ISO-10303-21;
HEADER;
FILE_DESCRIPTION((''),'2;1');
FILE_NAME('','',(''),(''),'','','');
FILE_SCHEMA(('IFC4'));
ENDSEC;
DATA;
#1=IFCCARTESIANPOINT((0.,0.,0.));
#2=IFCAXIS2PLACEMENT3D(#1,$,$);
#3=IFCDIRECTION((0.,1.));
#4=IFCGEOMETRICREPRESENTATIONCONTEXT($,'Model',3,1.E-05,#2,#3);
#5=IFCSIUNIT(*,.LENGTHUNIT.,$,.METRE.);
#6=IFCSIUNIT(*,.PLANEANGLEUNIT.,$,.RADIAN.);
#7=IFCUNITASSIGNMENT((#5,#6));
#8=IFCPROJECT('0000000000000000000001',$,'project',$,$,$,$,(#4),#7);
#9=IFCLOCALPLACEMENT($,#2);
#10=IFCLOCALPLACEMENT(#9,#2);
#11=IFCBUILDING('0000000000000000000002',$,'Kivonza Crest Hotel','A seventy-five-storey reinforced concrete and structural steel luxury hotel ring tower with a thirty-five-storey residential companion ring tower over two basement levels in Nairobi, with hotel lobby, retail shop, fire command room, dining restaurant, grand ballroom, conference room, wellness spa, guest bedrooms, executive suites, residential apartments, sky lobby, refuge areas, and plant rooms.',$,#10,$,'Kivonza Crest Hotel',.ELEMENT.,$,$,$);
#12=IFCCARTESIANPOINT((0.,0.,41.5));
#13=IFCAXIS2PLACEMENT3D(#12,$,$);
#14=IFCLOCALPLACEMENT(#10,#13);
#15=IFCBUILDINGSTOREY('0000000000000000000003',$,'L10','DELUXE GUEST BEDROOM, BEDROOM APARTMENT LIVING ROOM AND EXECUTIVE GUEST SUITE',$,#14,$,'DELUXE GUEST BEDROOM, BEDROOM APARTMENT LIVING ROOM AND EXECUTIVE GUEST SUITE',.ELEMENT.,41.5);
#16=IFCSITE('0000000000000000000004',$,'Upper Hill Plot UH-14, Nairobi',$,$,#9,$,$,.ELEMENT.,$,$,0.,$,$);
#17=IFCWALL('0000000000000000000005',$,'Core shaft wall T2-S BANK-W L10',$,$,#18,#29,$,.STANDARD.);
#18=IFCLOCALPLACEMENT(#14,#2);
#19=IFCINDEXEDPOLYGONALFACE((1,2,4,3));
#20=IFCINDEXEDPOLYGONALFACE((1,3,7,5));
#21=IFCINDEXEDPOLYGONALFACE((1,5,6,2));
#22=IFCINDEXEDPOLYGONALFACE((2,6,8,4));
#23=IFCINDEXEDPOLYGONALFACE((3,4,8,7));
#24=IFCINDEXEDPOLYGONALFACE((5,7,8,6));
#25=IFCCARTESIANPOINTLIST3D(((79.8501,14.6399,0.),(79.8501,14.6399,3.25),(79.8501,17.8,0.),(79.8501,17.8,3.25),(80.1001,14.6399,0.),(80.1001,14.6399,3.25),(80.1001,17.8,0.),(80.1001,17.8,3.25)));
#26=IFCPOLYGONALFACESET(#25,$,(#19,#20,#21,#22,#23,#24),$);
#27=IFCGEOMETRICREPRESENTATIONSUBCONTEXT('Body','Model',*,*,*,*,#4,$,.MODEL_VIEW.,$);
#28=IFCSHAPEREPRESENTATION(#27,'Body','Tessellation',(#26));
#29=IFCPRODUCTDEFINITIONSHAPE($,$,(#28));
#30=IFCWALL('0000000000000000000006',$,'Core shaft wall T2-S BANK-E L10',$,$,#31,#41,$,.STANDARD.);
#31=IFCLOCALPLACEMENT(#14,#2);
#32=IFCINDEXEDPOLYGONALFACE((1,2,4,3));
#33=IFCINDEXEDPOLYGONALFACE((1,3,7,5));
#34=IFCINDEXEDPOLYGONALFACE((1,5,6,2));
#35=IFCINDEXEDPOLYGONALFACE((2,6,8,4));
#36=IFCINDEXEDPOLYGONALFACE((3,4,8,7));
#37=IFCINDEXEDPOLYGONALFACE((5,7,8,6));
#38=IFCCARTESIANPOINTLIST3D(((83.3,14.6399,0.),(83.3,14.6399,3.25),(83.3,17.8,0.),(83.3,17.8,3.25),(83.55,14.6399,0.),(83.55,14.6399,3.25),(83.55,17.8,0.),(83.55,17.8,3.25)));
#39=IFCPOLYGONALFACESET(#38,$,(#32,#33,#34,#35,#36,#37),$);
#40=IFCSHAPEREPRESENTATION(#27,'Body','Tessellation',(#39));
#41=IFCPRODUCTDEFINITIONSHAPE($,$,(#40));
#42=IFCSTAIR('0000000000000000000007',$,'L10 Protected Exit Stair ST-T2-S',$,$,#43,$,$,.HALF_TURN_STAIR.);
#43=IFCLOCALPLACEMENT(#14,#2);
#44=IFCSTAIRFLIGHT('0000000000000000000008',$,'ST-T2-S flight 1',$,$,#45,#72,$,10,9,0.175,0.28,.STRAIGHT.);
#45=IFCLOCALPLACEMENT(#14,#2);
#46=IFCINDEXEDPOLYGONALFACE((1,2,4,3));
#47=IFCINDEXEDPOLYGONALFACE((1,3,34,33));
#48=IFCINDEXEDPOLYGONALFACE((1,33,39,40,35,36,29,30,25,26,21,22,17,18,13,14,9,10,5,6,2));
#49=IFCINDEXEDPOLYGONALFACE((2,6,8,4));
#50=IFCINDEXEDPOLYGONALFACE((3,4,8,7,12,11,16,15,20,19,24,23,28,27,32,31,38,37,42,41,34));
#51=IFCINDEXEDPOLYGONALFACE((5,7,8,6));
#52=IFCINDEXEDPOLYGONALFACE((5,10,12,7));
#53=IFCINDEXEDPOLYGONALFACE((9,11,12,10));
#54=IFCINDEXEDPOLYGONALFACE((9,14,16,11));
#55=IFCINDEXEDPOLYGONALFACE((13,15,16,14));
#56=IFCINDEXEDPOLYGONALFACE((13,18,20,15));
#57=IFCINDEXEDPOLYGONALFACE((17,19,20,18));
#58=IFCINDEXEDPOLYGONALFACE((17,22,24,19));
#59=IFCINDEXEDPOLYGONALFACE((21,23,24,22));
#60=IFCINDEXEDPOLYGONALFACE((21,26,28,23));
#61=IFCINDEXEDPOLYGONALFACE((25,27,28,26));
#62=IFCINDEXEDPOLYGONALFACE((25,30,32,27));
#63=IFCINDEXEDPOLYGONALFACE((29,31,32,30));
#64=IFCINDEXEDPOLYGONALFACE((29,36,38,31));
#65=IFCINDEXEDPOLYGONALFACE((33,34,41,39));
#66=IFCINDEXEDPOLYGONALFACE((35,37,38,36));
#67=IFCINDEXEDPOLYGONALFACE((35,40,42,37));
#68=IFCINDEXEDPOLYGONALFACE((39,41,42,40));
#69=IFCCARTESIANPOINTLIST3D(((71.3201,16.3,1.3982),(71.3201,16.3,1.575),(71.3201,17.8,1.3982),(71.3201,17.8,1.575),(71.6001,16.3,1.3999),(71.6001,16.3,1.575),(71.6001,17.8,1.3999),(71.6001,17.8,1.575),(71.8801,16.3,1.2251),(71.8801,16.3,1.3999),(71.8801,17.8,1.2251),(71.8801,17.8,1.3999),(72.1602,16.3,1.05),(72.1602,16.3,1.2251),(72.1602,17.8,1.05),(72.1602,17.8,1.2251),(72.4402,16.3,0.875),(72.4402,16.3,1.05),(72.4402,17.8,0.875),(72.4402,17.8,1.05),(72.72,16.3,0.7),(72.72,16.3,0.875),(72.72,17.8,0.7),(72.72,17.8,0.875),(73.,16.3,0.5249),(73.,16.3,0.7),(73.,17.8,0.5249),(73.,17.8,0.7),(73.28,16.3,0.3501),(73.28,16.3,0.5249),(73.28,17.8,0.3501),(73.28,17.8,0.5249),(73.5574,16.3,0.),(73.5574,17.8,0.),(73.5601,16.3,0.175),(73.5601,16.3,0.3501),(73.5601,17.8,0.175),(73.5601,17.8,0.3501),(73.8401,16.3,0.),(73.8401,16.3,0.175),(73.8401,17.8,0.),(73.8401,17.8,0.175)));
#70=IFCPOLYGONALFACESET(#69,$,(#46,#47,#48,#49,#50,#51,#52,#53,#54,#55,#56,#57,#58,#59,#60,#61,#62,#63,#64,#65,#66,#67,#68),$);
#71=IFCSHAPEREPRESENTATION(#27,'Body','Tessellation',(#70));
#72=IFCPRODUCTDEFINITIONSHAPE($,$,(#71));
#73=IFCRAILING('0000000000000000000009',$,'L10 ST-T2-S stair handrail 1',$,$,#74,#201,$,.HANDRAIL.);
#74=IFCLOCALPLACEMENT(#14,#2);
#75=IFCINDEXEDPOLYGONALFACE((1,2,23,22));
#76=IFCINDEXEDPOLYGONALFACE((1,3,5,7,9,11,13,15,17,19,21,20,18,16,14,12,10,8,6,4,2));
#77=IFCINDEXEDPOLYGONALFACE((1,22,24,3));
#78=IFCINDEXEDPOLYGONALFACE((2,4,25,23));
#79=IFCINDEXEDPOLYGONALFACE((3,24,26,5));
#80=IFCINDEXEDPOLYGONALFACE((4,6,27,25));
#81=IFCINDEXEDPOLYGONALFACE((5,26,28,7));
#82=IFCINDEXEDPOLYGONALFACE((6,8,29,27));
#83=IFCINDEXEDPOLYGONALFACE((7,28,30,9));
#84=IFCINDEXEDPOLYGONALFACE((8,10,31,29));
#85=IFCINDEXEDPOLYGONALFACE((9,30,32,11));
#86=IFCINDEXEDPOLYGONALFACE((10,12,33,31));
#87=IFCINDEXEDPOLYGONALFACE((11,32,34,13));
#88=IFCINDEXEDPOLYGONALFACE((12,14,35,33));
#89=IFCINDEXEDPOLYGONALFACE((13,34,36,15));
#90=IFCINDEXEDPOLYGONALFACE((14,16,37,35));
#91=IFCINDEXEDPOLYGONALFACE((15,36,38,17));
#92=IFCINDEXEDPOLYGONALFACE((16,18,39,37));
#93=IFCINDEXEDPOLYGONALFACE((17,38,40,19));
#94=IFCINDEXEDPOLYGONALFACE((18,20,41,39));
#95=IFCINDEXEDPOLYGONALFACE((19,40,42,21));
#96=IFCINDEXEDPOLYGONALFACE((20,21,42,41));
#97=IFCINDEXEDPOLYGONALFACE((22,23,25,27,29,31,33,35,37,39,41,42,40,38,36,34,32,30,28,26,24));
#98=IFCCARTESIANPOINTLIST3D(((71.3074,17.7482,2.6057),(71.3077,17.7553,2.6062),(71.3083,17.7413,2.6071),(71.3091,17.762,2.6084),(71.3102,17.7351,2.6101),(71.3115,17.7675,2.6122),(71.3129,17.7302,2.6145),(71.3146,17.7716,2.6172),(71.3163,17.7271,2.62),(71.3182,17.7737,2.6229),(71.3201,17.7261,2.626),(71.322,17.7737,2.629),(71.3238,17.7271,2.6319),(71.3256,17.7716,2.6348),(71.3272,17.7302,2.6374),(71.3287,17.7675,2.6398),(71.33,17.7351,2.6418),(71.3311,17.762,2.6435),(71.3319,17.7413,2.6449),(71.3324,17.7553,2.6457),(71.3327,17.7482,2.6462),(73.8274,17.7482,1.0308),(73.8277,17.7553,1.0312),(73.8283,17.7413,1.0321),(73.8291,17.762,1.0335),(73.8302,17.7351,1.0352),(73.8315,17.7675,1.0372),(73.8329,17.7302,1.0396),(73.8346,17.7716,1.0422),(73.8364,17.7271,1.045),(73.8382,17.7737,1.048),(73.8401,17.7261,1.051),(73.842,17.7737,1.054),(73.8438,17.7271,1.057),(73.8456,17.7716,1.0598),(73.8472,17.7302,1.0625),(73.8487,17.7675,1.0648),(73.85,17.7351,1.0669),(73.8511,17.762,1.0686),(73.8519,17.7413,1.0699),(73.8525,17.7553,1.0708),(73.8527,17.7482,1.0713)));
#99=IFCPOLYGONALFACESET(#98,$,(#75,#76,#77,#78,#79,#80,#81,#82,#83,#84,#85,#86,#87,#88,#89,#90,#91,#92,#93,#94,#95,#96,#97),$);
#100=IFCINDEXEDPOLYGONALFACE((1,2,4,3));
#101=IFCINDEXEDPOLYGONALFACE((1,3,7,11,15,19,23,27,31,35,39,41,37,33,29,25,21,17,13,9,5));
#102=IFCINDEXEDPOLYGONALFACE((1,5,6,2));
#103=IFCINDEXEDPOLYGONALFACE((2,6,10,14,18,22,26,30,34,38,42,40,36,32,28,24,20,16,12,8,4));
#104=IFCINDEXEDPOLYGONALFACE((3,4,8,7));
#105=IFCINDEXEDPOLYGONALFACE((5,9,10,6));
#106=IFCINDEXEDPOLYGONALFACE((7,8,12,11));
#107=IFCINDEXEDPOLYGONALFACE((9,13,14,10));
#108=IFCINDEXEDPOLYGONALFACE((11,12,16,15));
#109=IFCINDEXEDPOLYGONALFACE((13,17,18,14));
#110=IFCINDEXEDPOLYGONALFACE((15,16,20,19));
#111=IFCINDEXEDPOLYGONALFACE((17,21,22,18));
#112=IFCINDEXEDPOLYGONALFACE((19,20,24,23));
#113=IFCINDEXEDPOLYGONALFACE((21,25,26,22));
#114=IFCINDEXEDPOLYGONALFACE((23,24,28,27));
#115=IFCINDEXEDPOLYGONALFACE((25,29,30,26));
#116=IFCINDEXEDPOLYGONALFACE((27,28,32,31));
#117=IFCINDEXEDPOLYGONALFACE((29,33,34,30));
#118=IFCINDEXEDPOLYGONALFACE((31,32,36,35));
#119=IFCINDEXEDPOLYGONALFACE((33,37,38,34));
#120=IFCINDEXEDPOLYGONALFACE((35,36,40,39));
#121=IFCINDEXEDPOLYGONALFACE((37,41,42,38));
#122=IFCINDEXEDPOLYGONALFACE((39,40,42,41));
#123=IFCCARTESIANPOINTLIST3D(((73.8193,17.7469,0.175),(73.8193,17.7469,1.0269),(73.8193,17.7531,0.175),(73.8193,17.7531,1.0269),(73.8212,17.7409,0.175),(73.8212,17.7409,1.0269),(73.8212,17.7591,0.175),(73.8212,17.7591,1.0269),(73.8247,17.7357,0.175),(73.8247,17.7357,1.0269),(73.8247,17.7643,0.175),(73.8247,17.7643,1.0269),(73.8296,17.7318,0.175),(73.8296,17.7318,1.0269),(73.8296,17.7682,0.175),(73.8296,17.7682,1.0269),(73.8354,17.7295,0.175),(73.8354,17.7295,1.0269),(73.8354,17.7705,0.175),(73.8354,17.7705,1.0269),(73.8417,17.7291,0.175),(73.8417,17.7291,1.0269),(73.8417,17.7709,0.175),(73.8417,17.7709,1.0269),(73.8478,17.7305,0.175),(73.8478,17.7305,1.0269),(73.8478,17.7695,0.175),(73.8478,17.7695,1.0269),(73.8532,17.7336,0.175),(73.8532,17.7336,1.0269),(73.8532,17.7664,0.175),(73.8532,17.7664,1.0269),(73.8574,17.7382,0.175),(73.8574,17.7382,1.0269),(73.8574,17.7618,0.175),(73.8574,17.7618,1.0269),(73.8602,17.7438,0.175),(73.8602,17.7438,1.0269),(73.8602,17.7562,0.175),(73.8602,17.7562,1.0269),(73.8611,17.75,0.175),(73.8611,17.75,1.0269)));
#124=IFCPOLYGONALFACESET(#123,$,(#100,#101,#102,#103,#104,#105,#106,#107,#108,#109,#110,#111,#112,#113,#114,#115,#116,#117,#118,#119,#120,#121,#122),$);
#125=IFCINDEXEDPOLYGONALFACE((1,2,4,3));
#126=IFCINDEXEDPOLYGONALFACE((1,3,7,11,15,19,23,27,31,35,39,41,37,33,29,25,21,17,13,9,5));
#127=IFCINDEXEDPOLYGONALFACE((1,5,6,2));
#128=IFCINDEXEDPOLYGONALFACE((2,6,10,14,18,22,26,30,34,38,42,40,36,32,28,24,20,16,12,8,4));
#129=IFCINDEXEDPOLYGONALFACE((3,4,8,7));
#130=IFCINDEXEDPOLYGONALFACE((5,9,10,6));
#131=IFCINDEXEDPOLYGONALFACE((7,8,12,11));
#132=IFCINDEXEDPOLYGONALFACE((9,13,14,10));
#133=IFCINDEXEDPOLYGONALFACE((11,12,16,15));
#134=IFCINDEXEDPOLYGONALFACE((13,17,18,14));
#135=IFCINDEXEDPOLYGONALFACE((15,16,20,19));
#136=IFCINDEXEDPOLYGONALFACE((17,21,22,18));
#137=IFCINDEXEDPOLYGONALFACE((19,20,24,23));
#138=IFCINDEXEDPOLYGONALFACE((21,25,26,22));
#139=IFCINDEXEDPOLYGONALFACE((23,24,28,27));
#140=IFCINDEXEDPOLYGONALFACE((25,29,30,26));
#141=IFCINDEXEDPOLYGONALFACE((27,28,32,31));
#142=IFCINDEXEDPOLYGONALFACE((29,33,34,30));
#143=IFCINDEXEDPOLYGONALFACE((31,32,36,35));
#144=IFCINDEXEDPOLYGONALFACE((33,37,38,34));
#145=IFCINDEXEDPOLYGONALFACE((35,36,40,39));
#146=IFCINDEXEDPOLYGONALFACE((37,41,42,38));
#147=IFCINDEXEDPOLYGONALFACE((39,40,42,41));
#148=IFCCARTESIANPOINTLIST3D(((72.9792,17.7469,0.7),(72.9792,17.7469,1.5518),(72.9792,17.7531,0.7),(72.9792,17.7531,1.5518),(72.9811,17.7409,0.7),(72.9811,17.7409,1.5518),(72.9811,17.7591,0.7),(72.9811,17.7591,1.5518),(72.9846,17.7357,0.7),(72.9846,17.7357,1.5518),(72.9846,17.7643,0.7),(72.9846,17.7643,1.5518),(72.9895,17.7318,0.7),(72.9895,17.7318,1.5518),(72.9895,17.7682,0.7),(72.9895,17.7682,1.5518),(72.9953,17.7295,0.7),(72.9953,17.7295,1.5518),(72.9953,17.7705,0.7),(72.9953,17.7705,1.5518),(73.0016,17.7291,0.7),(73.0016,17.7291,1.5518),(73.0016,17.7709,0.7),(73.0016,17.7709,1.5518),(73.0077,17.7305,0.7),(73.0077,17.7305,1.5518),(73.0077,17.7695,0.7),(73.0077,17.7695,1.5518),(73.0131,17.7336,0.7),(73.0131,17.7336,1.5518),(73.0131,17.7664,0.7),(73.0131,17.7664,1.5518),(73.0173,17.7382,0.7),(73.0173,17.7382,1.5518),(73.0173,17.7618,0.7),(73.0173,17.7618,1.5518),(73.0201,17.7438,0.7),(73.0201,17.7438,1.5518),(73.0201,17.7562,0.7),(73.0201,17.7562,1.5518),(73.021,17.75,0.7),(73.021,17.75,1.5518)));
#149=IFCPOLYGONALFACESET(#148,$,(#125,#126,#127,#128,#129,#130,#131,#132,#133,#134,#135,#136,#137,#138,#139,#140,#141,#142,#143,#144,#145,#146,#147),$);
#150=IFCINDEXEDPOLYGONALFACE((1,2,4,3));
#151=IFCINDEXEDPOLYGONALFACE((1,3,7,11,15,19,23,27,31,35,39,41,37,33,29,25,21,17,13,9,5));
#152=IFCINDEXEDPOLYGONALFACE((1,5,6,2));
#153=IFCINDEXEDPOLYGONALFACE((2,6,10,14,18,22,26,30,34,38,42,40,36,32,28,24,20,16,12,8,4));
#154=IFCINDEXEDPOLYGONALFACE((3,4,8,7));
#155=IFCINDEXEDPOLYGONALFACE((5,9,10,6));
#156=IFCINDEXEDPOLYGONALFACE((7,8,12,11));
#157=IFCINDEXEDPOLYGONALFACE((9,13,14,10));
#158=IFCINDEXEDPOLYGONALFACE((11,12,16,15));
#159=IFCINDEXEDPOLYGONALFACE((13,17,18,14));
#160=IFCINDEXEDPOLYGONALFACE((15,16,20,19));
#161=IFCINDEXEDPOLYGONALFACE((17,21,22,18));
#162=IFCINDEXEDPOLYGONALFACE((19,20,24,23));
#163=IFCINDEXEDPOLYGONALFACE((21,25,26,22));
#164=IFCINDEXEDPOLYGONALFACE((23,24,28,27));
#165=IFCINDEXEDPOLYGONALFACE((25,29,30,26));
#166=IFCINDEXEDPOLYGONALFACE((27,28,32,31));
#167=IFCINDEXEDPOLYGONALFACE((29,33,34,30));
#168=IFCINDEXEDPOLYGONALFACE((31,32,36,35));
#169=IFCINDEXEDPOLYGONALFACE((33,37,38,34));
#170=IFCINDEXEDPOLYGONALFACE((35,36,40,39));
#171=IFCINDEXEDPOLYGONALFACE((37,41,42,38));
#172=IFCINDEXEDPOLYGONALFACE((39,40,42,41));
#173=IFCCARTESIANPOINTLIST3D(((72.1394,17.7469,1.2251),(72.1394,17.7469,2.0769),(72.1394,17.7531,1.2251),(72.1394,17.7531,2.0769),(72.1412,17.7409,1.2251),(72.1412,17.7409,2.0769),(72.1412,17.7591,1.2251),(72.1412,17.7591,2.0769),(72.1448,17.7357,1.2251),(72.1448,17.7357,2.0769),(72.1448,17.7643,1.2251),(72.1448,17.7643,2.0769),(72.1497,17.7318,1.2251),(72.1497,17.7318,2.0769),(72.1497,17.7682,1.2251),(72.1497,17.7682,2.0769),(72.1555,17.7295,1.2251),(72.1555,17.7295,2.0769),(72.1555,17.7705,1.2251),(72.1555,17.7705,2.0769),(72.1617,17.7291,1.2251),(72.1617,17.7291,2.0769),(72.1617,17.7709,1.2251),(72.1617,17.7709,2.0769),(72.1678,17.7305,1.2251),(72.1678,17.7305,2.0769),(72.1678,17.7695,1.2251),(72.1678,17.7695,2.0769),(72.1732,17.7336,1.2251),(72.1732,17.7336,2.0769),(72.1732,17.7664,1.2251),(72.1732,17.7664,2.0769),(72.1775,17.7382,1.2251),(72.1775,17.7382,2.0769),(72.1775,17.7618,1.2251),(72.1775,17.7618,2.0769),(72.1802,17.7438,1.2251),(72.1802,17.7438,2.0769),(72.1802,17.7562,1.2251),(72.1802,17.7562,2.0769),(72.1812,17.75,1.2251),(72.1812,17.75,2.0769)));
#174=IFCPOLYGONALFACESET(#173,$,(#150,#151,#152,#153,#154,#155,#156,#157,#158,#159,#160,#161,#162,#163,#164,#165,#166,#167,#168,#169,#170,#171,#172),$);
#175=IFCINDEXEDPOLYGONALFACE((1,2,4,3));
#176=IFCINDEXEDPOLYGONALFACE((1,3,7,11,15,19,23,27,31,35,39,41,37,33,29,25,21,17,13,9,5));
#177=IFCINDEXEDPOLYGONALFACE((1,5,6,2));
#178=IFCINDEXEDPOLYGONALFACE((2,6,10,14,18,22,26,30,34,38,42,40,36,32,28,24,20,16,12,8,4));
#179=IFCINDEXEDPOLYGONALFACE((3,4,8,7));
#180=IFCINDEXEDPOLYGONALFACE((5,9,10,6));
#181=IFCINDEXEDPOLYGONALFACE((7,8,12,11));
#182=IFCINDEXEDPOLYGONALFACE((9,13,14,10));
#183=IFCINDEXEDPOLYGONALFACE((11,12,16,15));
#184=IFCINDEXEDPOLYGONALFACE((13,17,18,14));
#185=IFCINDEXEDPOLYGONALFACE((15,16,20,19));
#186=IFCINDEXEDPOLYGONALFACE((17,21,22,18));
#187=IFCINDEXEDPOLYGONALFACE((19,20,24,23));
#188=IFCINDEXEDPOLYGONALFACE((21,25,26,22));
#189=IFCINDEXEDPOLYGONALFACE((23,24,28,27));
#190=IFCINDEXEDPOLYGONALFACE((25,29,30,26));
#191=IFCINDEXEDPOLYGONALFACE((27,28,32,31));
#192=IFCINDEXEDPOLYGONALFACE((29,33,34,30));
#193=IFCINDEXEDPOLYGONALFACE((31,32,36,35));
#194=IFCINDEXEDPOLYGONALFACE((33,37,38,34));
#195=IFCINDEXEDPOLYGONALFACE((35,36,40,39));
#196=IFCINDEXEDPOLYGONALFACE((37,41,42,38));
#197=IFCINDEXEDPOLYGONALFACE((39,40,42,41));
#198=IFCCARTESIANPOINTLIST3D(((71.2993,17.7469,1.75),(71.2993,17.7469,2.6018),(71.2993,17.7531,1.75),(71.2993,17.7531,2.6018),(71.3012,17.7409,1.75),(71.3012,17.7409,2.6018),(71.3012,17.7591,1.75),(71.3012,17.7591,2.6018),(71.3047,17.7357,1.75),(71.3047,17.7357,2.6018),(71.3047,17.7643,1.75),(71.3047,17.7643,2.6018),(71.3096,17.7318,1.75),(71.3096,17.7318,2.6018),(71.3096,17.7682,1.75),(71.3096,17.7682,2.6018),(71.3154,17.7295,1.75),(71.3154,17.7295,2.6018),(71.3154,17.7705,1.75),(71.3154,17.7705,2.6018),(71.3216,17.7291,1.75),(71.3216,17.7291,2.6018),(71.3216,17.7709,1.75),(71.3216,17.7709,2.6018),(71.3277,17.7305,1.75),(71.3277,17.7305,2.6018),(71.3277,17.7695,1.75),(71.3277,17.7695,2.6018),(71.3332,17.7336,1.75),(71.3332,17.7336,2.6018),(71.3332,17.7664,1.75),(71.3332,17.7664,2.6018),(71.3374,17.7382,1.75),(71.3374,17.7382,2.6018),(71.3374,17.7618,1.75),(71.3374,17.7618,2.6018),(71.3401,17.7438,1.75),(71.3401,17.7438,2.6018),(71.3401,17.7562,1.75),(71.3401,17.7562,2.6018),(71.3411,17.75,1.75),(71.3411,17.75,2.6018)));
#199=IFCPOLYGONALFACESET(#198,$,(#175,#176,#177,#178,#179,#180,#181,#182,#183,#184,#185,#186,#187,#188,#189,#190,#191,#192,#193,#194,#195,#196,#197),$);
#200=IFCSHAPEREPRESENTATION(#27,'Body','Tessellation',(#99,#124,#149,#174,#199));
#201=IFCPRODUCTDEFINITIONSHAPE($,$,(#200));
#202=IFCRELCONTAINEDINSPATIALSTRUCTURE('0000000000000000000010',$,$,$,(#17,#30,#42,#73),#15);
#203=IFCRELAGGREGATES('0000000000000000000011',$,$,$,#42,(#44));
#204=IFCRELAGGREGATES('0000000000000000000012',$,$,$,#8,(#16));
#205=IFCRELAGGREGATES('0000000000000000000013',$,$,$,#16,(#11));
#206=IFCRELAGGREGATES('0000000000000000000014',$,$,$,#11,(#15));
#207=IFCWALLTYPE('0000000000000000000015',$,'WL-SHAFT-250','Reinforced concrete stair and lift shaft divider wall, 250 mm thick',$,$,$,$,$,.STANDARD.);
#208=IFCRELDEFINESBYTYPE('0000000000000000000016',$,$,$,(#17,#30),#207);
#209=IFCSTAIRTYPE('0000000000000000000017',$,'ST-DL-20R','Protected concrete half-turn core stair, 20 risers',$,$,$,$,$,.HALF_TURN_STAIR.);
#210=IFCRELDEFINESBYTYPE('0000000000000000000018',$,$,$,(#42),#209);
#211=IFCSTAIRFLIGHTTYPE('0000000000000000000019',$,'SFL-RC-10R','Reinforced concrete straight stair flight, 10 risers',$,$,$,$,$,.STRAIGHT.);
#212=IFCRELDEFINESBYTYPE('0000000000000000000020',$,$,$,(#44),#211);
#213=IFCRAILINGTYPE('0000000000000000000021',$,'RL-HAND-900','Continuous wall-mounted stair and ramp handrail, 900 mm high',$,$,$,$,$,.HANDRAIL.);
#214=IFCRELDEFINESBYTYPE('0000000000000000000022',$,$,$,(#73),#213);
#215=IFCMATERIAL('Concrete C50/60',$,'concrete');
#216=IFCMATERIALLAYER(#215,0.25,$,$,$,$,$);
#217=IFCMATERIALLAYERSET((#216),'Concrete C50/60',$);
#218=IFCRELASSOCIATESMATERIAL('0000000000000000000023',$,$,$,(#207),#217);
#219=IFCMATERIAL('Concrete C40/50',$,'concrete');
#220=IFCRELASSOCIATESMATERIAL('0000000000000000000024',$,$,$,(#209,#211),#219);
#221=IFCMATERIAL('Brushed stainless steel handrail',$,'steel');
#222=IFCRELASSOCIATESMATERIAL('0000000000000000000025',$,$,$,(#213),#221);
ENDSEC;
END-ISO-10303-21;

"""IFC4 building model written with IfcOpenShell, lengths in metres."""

from ifc_helpers import new_model, si_unit, direction, frame, frame_2d, origin, origin_2d, place, context, subcontext, project, spatial, polyline, rectangle, circle, outline, extrude, material, layer, layer_set, type_object, element, aggregate, save


model = new_model("IFC4")

# Units and contexts
model_context = context("Model", 3, precision=1e-05, world=origin(), true_north=direction((0.0, 1.0)))
body_context = subcontext(model_context, "Body", "Model", "MODEL_VIEW")
ifc_project = project(units=[si_unit("LENGTHUNIT", "METRE"), si_unit("PLANEANGLEUNIT", "RADIAN")], contexts=[model_context])

# Site, building, storey
site_placement = place(None, origin())
site = spatial("IfcSite", under=ifc_project, at=site_placement, Name="Upper Hill Plot UH-14, Nairobi", CompositionType="ELEMENT", RefElevation=0.0)
building_placement = place(site_placement, origin())
building = spatial("IfcBuilding", under=site, at=building_placement, Name="Kivonza Crest Hotel", Description="A seventy-five-storey reinforced concrete and structural steel luxury hotel ring tower with a thirty-five-storey residential companion ring tower over two basement levels in Nairobi, with hotel lobby, retail shop, fire command room, dining restaurant, grand ballroom, conference room, wellness spa, guest bedrooms, executive suites, residential apartments, sky lobby, refuge areas, and plant rooms.", LongName="Kivonza Crest Hotel", CompositionType="ELEMENT")
storey_placement = place(building_placement, frame((0.0, 0.0, 41.5)))
storey = spatial("IfcBuildingStorey", under=building, at=storey_placement, Name="L10", Description="DELUXE GUEST BEDROOM, BEDROOM APARTMENT LIVING ROOM AND EXECUTIVE GUEST SUITE", LongName="DELUXE GUEST BEDROOM, BEDROOM APARTMENT LIVING ROOM AND EXECUTIVE GUEST SUITE", CompositionType="ELEMENT", Elevation=41.5)

# Shared definitions
ifc_material_1 = material(Name="Concrete C50/60", Category="concrete")
ifc_layer_1 = layer(ifc_material_1, 0.25)
ifc_layer_set_1 = layer_set([ifc_layer_1], Name="Concrete C50/60")
wall_type_1 = type_object("IfcWallType", Name="WL-SHAFT-250", Description="Reinforced concrete stair and lift shaft divider wall, 250 mm thick", PredefinedType="STANDARD", material=ifc_layer_set_1)

# Walls
for number, where, z_axis, x_axis, name in (
    (1, (79.9751, 14.6399, 0.0), (0.0, 0.0, 1.0), (0.0, 1.0, 0.0), "Core shaft wall T2-S BANK-W L10"),
    (2, (83.425, 14.6399, 0.0), (0.0, 0.0, 1.0), (0.0, 1.0, 0.0), "Core shaft wall T2-S BANK-E L10"),
):
    element("IfcWall", number, at=place(storey_placement, frame(where, z_axis=z_axis, x_axis=x_axis)), inside=storey, type_object=wall_type_1, Name=name, PredefinedType="STANDARD", context=body_context, shape_type="SweptSolid", body=[
        extrude(rectangle(XDim=3.1602, YDim=0.25, at=frame_2d((1.5801, 0.0))), origin(), (0.0, 0.0, 1.0), 3.25),
    ])

# Stair, stair flight
ifc_material_2 = material(Name="Concrete C40/50", Category="concrete")
stair_type = type_object("IfcStairType", Name="ST-DL-20R", Description="Protected concrete half-turn core stair, 20 risers", PredefinedType="HALF_TURN_STAIR", material=ifc_material_2)
stair_placement = place(storey_placement, origin())
stair = element("IfcStair", 3, at=stair_placement, inside=storey, type_object=stair_type, Name="L10 Protected Exit Stair ST-T2-S", PredefinedType="HALF_TURN_STAIR")
stair_flight_type = type_object("IfcStairFlightType", Name="SFL-RC-10R", Description="Reinforced concrete straight stair flight, 10 risers", PredefinedType="STRAIGHT", material=ifc_material_2)
stair_flight_placement = place(storey_placement, frame((73.8401, 17.05, 0.0), z_axis=(0.0, 0.0, 1.0), x_axis=(-1.0, 0.0, 0.0)))
stair_flight = element("IfcStairFlight", 4, at=stair_flight_placement, type_object=stair_flight_type, Name="ST-T2-S flight 1", NumberOfRisers=10, NumberOfTreads=9, PredefinedType="STRAIGHT", RiserHeight=0.175, TreadLength=0.28, context=body_context, shape_type="SweptSolid", body=[
    extrude(outline(polyline([(0.0, 0.0), (0.0, 0.175), (0.28, 0.175), (0.28, 0.3501), (0.5601, 0.3501), (0.5601, 0.5249), (0.8401, 0.5249), (0.8401, 0.7), (1.1201, 0.7), (1.1201, 0.875), (1.3999, 0.875), (1.3999, 1.05), (1.6799, 1.05), (1.6799, 1.2251), (1.96, 1.2251), (1.96, 1.3999), (2.24, 1.3999), (2.24, 1.575), (2.52, 1.575), (2.52, 1.75), (2.52, 1.3982), (0.2827, 0.0), (0.0, 0.0)])), frame((0.0, 0.75, 0.0), z_axis=(0.0, -1.0, 0.0), x_axis=(1.0, 0.0, 0.0)), (0.0, 0.0, 1.0), 1.5),
])
aggregate(stair, [stair_flight])

# Railing
ifc_material_3 = material(Name="Brushed stainless steel handrail", Category="steel")
railing_type_1 = type_object("IfcRailingType", Name="RL-HAND-900", Description="Continuous wall-mounted stair and ramp handrail, 900 mm high", PredefinedType="HANDRAIL", material=ifc_material_3)
railing_1_placement = place(storey_placement, frame((73.8401, 17.75, 0.175)))
element("IfcRailing", 5, at=railing_1_placement, inside=storey, type_object=railing_type_1, Name="L10 ST-T2-S stair handrail 1", PredefinedType="HANDRAIL", context=body_context, shape_type="SweptSolid", body=[
    extrude(circle(Radius=0.0239, at=origin_2d()), frame((0.0, 0.0, 0.876), z_axis=(-0.848008, 0.0, 0.529984), x_axis=(0.0, -1.0, 0.0)), (0.0, 0.0, 1.0), 2.9717),
    extrude(circle(Radius=0.021, at=origin_2d()), origin(), (0.0, 0.0, 1.0), 0.8518),
    extrude(circle(Radius=0.021, at=origin_2d()), frame((-0.8401, 0.0, 0.5249)), (0.0, 0.0, 1.0), 0.8518),
    extrude(circle(Radius=0.021, at=origin_2d()), frame((-1.6799, 0.0, 1.05)), (0.0, 0.0, 1.0), 0.8518),
    extrude(circle(Radius=0.021, at=origin_2d()), frame((-2.52, 0.0, 1.575)), (0.0, 0.0, 1.0), 0.8518),
])

save(model, "model.ifc")
